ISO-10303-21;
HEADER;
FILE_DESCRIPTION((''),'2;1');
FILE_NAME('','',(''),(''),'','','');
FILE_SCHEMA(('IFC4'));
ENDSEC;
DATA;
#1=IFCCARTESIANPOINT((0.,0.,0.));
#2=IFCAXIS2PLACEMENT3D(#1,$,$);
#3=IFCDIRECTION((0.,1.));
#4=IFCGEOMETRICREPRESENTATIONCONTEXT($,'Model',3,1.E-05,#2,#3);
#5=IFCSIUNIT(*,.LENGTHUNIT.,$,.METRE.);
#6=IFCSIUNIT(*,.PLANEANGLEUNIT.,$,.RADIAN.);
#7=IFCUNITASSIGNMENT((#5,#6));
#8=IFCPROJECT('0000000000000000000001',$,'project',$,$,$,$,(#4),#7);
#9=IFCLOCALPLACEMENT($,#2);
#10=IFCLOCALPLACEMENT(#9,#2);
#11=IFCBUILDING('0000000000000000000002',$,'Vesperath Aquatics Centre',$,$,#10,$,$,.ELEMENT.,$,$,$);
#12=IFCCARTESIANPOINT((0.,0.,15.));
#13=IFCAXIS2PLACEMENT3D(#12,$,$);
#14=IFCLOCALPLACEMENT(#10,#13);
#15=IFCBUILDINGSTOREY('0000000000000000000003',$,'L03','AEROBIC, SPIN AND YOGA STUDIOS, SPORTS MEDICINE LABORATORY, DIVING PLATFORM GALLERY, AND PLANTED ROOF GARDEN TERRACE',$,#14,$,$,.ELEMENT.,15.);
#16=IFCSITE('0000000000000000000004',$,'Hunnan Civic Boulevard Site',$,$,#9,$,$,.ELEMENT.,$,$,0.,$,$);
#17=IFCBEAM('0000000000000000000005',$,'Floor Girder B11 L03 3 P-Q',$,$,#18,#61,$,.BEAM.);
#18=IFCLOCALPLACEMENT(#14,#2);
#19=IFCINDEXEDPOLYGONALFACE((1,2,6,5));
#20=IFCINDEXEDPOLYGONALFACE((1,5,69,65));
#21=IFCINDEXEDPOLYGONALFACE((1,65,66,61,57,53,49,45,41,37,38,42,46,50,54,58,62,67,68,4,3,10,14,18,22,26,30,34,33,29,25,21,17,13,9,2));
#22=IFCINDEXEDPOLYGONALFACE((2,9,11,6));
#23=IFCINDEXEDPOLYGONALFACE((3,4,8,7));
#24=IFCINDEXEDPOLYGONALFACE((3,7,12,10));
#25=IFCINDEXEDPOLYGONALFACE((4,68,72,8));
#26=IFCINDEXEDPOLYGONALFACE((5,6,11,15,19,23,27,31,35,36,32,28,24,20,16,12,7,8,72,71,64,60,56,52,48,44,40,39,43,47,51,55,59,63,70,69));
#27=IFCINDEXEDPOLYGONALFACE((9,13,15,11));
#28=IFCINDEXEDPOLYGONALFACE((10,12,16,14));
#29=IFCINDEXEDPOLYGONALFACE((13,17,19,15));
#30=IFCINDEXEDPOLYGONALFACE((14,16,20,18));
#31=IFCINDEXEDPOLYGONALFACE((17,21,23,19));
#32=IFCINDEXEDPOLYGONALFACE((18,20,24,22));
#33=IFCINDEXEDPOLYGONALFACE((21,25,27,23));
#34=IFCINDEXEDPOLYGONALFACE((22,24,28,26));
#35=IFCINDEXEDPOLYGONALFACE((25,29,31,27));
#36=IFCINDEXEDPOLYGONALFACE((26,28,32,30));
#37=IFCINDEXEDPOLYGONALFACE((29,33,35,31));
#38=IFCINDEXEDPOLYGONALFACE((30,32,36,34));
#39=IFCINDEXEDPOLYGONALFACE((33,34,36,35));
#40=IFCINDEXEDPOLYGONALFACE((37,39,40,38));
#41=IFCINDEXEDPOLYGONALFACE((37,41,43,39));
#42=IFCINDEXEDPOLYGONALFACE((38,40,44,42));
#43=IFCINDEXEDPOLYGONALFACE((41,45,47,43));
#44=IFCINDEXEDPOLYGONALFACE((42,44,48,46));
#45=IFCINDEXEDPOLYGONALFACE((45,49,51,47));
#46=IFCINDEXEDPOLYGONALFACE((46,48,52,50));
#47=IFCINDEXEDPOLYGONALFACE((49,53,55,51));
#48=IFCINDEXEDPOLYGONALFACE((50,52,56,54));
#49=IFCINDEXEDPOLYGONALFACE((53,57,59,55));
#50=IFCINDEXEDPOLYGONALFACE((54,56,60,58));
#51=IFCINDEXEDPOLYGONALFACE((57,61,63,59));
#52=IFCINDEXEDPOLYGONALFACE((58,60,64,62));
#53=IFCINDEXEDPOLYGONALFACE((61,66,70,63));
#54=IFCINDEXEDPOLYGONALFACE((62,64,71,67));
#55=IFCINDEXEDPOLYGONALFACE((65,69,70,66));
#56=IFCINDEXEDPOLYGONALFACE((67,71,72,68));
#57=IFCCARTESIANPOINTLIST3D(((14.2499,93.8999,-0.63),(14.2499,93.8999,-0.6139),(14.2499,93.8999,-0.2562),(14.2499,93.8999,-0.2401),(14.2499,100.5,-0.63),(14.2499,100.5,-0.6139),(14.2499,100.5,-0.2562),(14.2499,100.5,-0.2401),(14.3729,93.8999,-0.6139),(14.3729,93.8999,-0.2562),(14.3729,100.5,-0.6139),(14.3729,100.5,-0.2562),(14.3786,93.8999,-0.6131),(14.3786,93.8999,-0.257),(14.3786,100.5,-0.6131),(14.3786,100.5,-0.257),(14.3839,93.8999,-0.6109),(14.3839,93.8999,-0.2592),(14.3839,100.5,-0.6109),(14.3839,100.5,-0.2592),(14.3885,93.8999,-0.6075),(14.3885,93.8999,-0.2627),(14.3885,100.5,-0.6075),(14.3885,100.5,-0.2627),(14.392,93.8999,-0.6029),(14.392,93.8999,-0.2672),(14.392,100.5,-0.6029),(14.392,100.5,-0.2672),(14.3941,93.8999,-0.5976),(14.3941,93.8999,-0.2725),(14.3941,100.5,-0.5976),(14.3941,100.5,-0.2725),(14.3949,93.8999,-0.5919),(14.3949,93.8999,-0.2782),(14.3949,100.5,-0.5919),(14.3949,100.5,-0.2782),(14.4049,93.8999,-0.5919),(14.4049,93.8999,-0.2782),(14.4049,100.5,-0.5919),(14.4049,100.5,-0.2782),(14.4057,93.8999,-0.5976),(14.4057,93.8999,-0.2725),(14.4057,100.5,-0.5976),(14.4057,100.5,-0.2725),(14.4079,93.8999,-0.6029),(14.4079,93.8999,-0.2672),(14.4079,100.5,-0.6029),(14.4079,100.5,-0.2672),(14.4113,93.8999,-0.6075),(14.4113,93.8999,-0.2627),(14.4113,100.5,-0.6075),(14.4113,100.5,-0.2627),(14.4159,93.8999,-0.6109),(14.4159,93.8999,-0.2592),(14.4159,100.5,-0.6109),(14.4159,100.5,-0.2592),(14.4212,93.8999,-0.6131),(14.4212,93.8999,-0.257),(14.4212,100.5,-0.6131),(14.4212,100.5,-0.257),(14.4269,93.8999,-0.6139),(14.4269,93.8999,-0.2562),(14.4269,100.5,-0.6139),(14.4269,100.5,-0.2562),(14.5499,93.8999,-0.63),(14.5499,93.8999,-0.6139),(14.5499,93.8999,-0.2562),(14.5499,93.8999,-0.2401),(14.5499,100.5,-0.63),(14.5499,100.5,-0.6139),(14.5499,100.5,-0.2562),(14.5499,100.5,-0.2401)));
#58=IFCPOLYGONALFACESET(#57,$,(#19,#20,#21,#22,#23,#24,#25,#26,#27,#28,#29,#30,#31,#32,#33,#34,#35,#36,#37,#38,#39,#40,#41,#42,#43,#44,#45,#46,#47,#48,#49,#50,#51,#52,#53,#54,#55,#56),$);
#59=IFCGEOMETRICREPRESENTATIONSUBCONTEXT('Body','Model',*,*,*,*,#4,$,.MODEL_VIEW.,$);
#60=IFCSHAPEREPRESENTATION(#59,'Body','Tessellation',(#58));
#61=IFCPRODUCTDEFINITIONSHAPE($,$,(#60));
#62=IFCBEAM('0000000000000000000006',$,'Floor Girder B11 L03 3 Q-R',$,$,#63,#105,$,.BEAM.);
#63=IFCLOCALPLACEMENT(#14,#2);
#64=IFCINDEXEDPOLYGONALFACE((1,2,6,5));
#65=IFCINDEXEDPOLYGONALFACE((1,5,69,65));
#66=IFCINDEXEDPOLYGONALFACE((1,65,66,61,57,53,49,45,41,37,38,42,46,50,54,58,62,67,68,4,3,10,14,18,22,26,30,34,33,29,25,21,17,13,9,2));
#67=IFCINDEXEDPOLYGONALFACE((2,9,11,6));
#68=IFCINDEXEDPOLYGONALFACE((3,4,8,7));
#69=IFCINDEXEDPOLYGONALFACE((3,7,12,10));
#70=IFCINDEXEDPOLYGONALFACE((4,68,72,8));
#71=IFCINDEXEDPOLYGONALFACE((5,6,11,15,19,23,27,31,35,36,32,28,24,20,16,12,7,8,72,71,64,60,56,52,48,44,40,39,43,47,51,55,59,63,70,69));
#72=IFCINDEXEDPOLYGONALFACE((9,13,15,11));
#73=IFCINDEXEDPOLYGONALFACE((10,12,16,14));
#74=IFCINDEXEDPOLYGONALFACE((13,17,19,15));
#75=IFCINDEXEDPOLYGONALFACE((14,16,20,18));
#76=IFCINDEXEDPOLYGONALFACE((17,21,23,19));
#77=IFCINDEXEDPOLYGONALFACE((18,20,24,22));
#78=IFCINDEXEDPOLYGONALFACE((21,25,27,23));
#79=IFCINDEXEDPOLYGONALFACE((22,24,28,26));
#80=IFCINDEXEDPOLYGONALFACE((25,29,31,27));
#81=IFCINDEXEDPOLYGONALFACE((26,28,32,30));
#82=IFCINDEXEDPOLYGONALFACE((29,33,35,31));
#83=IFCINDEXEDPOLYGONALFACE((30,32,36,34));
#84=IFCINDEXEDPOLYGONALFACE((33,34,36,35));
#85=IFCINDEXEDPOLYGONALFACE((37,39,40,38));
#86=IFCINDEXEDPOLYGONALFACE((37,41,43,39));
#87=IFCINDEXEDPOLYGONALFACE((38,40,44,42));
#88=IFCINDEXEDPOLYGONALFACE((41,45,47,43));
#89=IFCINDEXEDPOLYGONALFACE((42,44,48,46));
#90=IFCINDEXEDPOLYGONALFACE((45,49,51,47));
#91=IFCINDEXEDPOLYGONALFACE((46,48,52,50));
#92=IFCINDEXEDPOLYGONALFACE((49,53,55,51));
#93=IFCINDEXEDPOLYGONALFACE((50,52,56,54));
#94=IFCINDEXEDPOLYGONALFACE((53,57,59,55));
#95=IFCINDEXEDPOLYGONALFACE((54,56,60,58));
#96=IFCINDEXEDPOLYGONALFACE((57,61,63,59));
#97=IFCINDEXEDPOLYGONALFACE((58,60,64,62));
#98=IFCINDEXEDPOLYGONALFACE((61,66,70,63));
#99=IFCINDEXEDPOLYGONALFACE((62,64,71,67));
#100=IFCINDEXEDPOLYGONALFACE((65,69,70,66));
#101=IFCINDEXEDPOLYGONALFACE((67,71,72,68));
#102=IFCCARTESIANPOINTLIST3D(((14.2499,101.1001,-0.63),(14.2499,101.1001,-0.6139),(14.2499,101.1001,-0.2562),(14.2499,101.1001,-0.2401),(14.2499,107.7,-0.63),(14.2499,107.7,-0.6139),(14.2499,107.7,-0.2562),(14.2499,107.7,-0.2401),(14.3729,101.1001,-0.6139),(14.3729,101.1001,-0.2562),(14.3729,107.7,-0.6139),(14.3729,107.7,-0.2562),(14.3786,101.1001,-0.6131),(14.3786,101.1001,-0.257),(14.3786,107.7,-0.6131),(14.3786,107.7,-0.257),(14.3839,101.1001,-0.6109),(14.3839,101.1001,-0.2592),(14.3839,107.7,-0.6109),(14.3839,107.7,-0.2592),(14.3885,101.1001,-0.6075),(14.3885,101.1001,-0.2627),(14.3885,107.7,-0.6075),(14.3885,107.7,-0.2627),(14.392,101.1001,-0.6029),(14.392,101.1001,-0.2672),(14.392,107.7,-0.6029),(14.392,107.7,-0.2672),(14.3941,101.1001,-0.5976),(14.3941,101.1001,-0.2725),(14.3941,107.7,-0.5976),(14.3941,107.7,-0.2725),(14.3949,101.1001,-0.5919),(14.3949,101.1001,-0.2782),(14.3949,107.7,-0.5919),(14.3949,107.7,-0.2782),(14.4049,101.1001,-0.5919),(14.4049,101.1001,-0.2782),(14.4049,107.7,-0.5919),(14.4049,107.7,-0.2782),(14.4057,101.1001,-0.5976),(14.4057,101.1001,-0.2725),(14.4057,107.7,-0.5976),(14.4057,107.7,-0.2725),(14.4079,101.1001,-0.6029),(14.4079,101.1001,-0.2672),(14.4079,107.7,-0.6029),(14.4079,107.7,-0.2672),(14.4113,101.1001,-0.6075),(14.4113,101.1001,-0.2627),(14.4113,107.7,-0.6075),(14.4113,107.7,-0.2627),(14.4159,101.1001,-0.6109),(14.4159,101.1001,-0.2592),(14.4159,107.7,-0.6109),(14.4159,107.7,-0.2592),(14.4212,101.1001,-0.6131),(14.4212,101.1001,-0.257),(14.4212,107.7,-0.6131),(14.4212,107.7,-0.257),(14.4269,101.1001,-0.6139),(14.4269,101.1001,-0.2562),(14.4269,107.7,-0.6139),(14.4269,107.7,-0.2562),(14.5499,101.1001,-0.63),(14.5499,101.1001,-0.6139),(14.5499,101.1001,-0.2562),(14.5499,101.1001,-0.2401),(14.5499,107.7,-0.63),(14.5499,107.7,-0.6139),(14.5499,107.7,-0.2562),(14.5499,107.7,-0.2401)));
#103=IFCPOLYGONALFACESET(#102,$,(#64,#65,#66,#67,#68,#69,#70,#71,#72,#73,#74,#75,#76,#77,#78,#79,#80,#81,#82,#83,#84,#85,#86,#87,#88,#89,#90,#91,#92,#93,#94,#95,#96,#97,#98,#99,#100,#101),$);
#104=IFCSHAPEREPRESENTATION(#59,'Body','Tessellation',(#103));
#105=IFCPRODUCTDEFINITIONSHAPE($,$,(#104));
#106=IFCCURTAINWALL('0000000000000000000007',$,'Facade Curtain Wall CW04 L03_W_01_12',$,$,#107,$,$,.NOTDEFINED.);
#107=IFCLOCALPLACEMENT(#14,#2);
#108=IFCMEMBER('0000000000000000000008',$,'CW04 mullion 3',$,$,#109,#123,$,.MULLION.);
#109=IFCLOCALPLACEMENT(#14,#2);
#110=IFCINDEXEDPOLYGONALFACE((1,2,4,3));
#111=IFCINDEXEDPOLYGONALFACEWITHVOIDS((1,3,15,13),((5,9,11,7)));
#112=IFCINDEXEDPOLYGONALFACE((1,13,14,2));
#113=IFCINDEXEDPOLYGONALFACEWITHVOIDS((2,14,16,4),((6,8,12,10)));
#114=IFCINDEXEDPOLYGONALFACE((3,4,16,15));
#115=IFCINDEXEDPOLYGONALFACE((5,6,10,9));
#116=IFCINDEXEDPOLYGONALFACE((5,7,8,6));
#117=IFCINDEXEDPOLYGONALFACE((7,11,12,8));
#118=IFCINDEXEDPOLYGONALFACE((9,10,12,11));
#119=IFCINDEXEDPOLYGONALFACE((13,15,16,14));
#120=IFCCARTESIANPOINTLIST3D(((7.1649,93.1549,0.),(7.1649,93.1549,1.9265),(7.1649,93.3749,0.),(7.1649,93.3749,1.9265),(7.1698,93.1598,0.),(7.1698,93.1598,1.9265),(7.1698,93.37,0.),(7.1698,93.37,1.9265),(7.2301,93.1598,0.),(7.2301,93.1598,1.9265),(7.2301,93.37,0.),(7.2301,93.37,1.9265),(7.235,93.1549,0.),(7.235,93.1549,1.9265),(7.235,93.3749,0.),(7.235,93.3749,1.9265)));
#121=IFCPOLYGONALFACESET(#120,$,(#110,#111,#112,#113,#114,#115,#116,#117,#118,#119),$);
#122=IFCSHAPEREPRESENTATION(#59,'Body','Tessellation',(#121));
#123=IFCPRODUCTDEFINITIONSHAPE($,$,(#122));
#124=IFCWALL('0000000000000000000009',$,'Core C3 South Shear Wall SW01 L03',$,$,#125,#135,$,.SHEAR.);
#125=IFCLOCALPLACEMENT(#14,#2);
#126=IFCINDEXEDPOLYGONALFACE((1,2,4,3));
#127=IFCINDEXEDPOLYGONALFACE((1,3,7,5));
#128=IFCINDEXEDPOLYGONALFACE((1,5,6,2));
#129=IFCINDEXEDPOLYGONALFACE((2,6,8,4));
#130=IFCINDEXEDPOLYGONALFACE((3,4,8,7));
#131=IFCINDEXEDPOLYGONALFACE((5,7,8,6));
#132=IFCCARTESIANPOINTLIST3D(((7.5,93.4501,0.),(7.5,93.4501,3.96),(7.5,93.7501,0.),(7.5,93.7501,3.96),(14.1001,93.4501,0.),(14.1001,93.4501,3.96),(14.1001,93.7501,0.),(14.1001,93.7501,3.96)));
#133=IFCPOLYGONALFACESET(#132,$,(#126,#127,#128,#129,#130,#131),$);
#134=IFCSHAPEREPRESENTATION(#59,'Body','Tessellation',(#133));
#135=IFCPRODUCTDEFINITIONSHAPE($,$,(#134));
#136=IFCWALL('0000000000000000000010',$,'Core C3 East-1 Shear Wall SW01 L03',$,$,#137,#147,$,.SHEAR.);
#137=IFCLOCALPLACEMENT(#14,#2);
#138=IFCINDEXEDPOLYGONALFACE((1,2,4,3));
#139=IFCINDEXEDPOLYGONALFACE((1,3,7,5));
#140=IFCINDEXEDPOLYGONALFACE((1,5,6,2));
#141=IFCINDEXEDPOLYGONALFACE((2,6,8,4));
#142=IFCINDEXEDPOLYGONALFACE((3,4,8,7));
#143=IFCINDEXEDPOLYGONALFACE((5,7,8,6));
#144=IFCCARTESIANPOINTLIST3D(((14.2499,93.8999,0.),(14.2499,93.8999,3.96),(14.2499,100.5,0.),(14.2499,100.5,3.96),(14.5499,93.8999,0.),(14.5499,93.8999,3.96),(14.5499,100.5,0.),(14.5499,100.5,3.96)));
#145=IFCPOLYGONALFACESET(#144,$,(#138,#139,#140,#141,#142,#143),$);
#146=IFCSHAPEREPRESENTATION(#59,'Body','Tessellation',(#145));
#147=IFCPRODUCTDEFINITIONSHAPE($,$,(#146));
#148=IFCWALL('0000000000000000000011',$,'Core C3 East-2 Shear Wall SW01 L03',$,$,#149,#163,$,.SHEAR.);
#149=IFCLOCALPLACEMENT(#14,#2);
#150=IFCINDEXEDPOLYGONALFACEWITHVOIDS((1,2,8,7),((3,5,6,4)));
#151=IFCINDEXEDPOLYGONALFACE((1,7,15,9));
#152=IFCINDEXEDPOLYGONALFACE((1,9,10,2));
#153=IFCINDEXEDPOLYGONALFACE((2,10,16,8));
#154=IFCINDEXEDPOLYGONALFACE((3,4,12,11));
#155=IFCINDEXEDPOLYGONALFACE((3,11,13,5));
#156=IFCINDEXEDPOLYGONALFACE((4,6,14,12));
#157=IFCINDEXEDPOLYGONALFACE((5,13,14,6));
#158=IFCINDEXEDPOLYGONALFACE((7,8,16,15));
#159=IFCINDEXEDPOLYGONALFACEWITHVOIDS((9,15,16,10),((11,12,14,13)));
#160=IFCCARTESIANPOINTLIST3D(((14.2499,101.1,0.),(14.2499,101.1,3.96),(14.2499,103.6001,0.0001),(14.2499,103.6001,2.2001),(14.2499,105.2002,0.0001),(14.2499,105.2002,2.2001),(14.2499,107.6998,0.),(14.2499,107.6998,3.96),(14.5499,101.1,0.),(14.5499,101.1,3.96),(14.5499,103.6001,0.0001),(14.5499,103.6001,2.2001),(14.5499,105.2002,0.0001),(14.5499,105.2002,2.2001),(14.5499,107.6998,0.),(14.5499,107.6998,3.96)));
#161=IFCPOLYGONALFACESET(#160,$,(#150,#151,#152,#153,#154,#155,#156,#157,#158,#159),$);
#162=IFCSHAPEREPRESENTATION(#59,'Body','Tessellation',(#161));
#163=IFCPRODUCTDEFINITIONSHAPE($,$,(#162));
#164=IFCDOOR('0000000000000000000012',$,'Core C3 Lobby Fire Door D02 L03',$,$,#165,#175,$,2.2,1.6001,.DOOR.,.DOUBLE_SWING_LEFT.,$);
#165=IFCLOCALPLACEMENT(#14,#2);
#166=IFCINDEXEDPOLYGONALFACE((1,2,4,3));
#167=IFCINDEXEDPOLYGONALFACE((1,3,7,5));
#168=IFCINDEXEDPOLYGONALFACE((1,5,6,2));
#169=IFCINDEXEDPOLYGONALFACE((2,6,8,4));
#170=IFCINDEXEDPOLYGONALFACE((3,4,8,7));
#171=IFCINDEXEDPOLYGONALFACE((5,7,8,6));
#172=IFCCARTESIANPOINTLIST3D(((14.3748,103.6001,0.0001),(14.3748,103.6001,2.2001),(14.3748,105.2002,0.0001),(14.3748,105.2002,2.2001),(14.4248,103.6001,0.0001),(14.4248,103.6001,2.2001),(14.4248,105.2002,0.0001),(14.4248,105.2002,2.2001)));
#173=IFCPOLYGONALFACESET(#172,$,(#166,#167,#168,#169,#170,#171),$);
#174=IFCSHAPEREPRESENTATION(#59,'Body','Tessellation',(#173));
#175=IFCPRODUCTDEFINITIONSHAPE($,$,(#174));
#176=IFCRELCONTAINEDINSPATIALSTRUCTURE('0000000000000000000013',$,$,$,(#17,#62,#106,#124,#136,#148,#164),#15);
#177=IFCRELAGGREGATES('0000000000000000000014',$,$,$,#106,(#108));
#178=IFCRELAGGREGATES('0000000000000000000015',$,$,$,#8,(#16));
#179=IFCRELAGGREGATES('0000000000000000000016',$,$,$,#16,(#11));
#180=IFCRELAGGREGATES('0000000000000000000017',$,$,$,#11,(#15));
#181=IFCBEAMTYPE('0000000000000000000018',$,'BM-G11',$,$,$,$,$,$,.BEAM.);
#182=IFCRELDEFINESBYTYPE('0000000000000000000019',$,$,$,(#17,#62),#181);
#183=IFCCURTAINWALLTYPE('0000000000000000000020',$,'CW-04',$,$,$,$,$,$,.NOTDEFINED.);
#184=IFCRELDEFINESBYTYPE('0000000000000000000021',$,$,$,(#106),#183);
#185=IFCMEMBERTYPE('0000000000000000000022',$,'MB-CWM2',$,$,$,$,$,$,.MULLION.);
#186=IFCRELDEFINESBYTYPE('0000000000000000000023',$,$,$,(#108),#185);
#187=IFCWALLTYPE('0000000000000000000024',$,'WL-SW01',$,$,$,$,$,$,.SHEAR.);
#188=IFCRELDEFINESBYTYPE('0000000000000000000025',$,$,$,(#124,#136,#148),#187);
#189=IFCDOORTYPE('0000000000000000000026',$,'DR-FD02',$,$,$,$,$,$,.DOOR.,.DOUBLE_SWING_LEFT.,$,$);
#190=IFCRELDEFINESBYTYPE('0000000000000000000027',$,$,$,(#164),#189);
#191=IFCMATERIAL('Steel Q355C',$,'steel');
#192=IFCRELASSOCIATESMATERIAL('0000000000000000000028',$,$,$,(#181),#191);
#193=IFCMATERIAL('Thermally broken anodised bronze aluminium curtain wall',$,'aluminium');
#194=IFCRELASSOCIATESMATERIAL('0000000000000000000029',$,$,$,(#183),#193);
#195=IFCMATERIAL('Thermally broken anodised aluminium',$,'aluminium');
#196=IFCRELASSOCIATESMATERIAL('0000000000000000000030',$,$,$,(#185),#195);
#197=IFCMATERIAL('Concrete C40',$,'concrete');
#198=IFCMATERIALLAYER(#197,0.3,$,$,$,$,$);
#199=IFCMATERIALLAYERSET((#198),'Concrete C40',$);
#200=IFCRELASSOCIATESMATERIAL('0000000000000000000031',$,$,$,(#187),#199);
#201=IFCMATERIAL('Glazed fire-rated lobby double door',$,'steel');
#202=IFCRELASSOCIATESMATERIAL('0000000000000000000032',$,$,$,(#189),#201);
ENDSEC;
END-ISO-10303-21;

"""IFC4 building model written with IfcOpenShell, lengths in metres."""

from ifc_helpers import new_model, si_unit, direction, frame, frame_2d, origin, origin_2d, place, context, subcontext, project, spatial, rectangle, hollow_rectangle, i_section, extrude, material, layer, layer_set, material_profile, profile_set, type_object, element, fill, aggregate, save


model = new_model("IFC4")

# Units and contexts
model_context = context("Model", 3, precision=1e-05, world=origin(), true_north=direction((0.0, 1.0)))
body_context = subcontext(model_context, "Body", "Model", "MODEL_VIEW")
ifc_project = project(units=[si_unit("LENGTHUNIT", "METRE"), si_unit("PLANEANGLEUNIT", "RADIAN")], contexts=[model_context])

# Site, building, storey
site_placement = place(None, origin())
site = spatial("IfcSite", under=ifc_project, at=site_placement, Name="Hunnan Civic Boulevard Site", CompositionType="ELEMENT", RefElevation=0.0)
building_placement = place(site_placement, origin())
building = spatial("IfcBuilding", under=site, at=building_placement, Name="Vesperath Aquatics Centre", CompositionType="ELEMENT")
storey_placement = place(building_placement, frame((0.0, 0.0, 15.0)))
storey = spatial("IfcBuildingStorey", under=building, at=storey_placement, Name="L03", Description="AEROBIC, SPIN AND YOGA STUDIOS, SPORTS MEDICINE LABORATORY, DIVING PLATFORM GALLERY, AND PLANTED ROOF GARDEN TERRACE", CompositionType="ELEMENT", Elevation=15.0)

# Shared definitions
ifc_material_1 = material(Name="Concrete C40", Category="concrete")

# Beams
ifc_material_2 = material(Name="Steel Q355C", Category="steel")
ifc_material_profile_1 = material_profile(ifc_material_2, i_section(OverallWidth=0.3, OverallDepth=0.3899, WebThickness=0.01, FlangeThickness=0.0161, FilletRadius=0.022, at=origin_2d()), Name="HM 390x300x10x16")
ifc_profile_set_1 = profile_set([ifc_material_profile_1], Name="Steel Q355C")
beam_type_1 = type_object("IfcBeamType", Name="BM-G11", PredefinedType="BEAM", material=ifc_profile_set_1)
beam_1_placement = place(storey_placement, frame((14.3999, 93.8999, -0.4351), z_axis=(0.0, 1.0, 0.0), x_axis=(-1.0, 0.0, 0.0)))
element("IfcBeam", 1, at=beam_1_placement, inside=storey, type_object=beam_type_1, Name="Floor Girder B11 L03 3 P-Q", PredefinedType="BEAM", context=body_context, shape_type="SweptSolid", body=[
    extrude(i_section(OverallWidth=0.3, OverallDepth=0.3899, WebThickness=0.01, FlangeThickness=0.0161, FilletRadius=0.022, at=origin_2d()), origin(), (0.0, 0.0, 1.0), 6.6001),
])
beam_2_placement = place(storey_placement, frame((14.3999, 101.1001, -0.4351), z_axis=(0.0, 1.0, 0.0), x_axis=(-1.0, 0.0, 0.0)))
element("IfcBeam", 2, at=beam_2_placement, inside=storey, type_object=beam_type_1, Name="Floor Girder B11 L03 3 Q-R", PredefinedType="BEAM", context=body_context, shape_type="SweptSolid", body=[
    extrude(i_section(OverallWidth=0.3, OverallDepth=0.3899, WebThickness=0.01, FlangeThickness=0.0161, FilletRadius=0.022, at=origin_2d()), origin(), (0.0, 0.0, 1.0), 6.5999),
])

# Curtain wall, member
ifc_material_3 = material(Name="Thermally broken anodised bronze aluminium curtain wall", Category="aluminium")
curtain_wall_type = type_object("IfcCurtainWallType", Name="CW-04", PredefinedType="NOTDEFINED", material=ifc_material_3)
curtain_wall_placement = place(storey_placement, origin())
curtain_wall = element("IfcCurtainWall", 3, at=curtain_wall_placement, inside=storey, type_object=curtain_wall_type, Name="Facade Curtain Wall CW04 L03_W_01_12", PredefinedType="NOTDEFINED")
ifc_material_4 = material(Name="Thermally broken anodised aluminium", Category="aluminium")
ifc_material_profile_2 = material_profile(ifc_material_4, hollow_rectangle(XDim=0.0701, YDim=0.22, WallThickness=0.0049, at=origin_2d()), Name="CWM 70x220x5")
ifc_profile_set_2 = profile_set([ifc_material_profile_2], Name="Thermally broken anodised aluminium")
member_type = type_object("IfcMemberType", Name="MB-CWM2", PredefinedType="MULLION", material=ifc_profile_set_2)
member_placement = place(storey_placement, frame((7.2, 93.2649, 0.0), z_axis=(0.0, 0.0, 1.0), x_axis=(-1.0, 0.0, 0.0)))
member = element("IfcMember", 4, at=member_placement, type_object=member_type, Name="CW04 mullion 3", PredefinedType="MULLION", context=body_context, shape_type="SweptSolid", body=[
    extrude(hollow_rectangle(XDim=0.0701, YDim=0.22, WallThickness=0.0049, at=origin_2d()), origin(), (0.0, 0.0, 1.0), 1.9265),
])
aggregate(curtain_wall, [member])

# Walls
ifc_layer_1 = layer(ifc_material_1, 0.3)
ifc_layer_set_1 = layer_set([ifc_layer_1], Name="Concrete C40")
wall_type_1 = type_object("IfcWallType", Name="WL-SW01", PredefinedType="SHEAR", material=ifc_layer_set_1)
for number, where, z_axis, x_axis, name in (
    (5, (7.5, 93.6001, 0.0), (0.0, 0.0, 1.0), (1.0, 0.0, 0.0), "Core C3 South Shear Wall SW01 L03"),
    (6, (14.3999, 93.8999, 0.0), (0.0, 0.0, 1.0), (0.0, 1.0, 0.0), "Core C3 East-1 Shear Wall SW01 L03"),
):
    element("IfcWall", number, at=place(storey_placement, frame(where, z_axis=z_axis, x_axis=x_axis)), inside=storey, type_object=wall_type_1, Name=name, PredefinedType="SHEAR", context=body_context, shape_type="SweptSolid", body=[
        extrude(rectangle(XDim=6.6001, YDim=0.3, at=frame_2d((3.3, 0.0))), origin(), (0.0, 0.0, 1.0), 3.96),
    ])

# Wall, opening, door
wall_1_placement = place(storey_placement, frame((14.3999, 101.1001, 0.0), z_axis=(0.0, 0.0, 1.0), x_axis=(0.0, 1.0, 0.0)))
wall_1 = element("IfcWall", 7, at=wall_1_placement, inside=storey, type_object=wall_type_1, Name="Core C3 East-2 Shear Wall SW01 L03", PredefinedType="SHEAR", context=body_context, shape_type="SweptSolid", body=[
    extrude(rectangle(XDim=6.5999, YDim=0.3, at=frame_2d((3.2998, 0.0))), origin(), (0.0, 0.0, 1.0), 3.96),
])
opening_1_placement = place(wall_1_placement, frame((2.5, 0.0, 0.0)))
opening_1 = element("IfcOpeningElement", 8, at=opening_1_placement, cuts=wall_1, PredefinedType="OPENING", context=body_context, shape_type="SweptSolid", body=[
    extrude(rectangle(XDim=1.6001, YDim=2.2, at=frame_2d((0.8, 1.1001))), frame((0.0, 0.165, 0.0), z_axis=(0.0, -1.0, 0.0), x_axis=(1.0, 0.0, 0.0)), (0.0, 0.0, 1.0), 0.3298),
])
ifc_material_5 = material(Name="Glazed fire-rated lobby double door", Category="steel")
door_type_1 = type_object("IfcDoorType", Name="DR-FD02", OperationType="DOUBLE_SWING_LEFT", PredefinedType="DOOR", material=ifc_material_5)
door_1_placement = place(opening_1_placement, frame((1.6001, 0.0, 0.0), z_axis=(0.0, 0.0, 1.0), x_axis=(-1.0, 0.0, 0.0)))
door_1 = element("IfcDoor", 9, at=door_1_placement, inside=storey, type_object=door_type_1, Name="Core C3 Lobby Fire Door D02 L03", OperationType="DOUBLE_SWING_LEFT", OverallHeight=2.2, OverallWidth=1.6001, PredefinedType="DOOR", context=body_context, shape_type="SweptSolid", body=[
    extrude(rectangle(XDim=1.6001, YDim=2.2, at=frame_2d((0.8, 1.1001))), frame((0.0, 0.0249, 0.0), z_axis=(0.0, -1.0, 0.0), x_axis=(1.0, 0.0, 0.0)), (0.0, 0.0, 1.0), 0.05),
])
fill(opening_1, door_1)

save(model, "model.ifc")
